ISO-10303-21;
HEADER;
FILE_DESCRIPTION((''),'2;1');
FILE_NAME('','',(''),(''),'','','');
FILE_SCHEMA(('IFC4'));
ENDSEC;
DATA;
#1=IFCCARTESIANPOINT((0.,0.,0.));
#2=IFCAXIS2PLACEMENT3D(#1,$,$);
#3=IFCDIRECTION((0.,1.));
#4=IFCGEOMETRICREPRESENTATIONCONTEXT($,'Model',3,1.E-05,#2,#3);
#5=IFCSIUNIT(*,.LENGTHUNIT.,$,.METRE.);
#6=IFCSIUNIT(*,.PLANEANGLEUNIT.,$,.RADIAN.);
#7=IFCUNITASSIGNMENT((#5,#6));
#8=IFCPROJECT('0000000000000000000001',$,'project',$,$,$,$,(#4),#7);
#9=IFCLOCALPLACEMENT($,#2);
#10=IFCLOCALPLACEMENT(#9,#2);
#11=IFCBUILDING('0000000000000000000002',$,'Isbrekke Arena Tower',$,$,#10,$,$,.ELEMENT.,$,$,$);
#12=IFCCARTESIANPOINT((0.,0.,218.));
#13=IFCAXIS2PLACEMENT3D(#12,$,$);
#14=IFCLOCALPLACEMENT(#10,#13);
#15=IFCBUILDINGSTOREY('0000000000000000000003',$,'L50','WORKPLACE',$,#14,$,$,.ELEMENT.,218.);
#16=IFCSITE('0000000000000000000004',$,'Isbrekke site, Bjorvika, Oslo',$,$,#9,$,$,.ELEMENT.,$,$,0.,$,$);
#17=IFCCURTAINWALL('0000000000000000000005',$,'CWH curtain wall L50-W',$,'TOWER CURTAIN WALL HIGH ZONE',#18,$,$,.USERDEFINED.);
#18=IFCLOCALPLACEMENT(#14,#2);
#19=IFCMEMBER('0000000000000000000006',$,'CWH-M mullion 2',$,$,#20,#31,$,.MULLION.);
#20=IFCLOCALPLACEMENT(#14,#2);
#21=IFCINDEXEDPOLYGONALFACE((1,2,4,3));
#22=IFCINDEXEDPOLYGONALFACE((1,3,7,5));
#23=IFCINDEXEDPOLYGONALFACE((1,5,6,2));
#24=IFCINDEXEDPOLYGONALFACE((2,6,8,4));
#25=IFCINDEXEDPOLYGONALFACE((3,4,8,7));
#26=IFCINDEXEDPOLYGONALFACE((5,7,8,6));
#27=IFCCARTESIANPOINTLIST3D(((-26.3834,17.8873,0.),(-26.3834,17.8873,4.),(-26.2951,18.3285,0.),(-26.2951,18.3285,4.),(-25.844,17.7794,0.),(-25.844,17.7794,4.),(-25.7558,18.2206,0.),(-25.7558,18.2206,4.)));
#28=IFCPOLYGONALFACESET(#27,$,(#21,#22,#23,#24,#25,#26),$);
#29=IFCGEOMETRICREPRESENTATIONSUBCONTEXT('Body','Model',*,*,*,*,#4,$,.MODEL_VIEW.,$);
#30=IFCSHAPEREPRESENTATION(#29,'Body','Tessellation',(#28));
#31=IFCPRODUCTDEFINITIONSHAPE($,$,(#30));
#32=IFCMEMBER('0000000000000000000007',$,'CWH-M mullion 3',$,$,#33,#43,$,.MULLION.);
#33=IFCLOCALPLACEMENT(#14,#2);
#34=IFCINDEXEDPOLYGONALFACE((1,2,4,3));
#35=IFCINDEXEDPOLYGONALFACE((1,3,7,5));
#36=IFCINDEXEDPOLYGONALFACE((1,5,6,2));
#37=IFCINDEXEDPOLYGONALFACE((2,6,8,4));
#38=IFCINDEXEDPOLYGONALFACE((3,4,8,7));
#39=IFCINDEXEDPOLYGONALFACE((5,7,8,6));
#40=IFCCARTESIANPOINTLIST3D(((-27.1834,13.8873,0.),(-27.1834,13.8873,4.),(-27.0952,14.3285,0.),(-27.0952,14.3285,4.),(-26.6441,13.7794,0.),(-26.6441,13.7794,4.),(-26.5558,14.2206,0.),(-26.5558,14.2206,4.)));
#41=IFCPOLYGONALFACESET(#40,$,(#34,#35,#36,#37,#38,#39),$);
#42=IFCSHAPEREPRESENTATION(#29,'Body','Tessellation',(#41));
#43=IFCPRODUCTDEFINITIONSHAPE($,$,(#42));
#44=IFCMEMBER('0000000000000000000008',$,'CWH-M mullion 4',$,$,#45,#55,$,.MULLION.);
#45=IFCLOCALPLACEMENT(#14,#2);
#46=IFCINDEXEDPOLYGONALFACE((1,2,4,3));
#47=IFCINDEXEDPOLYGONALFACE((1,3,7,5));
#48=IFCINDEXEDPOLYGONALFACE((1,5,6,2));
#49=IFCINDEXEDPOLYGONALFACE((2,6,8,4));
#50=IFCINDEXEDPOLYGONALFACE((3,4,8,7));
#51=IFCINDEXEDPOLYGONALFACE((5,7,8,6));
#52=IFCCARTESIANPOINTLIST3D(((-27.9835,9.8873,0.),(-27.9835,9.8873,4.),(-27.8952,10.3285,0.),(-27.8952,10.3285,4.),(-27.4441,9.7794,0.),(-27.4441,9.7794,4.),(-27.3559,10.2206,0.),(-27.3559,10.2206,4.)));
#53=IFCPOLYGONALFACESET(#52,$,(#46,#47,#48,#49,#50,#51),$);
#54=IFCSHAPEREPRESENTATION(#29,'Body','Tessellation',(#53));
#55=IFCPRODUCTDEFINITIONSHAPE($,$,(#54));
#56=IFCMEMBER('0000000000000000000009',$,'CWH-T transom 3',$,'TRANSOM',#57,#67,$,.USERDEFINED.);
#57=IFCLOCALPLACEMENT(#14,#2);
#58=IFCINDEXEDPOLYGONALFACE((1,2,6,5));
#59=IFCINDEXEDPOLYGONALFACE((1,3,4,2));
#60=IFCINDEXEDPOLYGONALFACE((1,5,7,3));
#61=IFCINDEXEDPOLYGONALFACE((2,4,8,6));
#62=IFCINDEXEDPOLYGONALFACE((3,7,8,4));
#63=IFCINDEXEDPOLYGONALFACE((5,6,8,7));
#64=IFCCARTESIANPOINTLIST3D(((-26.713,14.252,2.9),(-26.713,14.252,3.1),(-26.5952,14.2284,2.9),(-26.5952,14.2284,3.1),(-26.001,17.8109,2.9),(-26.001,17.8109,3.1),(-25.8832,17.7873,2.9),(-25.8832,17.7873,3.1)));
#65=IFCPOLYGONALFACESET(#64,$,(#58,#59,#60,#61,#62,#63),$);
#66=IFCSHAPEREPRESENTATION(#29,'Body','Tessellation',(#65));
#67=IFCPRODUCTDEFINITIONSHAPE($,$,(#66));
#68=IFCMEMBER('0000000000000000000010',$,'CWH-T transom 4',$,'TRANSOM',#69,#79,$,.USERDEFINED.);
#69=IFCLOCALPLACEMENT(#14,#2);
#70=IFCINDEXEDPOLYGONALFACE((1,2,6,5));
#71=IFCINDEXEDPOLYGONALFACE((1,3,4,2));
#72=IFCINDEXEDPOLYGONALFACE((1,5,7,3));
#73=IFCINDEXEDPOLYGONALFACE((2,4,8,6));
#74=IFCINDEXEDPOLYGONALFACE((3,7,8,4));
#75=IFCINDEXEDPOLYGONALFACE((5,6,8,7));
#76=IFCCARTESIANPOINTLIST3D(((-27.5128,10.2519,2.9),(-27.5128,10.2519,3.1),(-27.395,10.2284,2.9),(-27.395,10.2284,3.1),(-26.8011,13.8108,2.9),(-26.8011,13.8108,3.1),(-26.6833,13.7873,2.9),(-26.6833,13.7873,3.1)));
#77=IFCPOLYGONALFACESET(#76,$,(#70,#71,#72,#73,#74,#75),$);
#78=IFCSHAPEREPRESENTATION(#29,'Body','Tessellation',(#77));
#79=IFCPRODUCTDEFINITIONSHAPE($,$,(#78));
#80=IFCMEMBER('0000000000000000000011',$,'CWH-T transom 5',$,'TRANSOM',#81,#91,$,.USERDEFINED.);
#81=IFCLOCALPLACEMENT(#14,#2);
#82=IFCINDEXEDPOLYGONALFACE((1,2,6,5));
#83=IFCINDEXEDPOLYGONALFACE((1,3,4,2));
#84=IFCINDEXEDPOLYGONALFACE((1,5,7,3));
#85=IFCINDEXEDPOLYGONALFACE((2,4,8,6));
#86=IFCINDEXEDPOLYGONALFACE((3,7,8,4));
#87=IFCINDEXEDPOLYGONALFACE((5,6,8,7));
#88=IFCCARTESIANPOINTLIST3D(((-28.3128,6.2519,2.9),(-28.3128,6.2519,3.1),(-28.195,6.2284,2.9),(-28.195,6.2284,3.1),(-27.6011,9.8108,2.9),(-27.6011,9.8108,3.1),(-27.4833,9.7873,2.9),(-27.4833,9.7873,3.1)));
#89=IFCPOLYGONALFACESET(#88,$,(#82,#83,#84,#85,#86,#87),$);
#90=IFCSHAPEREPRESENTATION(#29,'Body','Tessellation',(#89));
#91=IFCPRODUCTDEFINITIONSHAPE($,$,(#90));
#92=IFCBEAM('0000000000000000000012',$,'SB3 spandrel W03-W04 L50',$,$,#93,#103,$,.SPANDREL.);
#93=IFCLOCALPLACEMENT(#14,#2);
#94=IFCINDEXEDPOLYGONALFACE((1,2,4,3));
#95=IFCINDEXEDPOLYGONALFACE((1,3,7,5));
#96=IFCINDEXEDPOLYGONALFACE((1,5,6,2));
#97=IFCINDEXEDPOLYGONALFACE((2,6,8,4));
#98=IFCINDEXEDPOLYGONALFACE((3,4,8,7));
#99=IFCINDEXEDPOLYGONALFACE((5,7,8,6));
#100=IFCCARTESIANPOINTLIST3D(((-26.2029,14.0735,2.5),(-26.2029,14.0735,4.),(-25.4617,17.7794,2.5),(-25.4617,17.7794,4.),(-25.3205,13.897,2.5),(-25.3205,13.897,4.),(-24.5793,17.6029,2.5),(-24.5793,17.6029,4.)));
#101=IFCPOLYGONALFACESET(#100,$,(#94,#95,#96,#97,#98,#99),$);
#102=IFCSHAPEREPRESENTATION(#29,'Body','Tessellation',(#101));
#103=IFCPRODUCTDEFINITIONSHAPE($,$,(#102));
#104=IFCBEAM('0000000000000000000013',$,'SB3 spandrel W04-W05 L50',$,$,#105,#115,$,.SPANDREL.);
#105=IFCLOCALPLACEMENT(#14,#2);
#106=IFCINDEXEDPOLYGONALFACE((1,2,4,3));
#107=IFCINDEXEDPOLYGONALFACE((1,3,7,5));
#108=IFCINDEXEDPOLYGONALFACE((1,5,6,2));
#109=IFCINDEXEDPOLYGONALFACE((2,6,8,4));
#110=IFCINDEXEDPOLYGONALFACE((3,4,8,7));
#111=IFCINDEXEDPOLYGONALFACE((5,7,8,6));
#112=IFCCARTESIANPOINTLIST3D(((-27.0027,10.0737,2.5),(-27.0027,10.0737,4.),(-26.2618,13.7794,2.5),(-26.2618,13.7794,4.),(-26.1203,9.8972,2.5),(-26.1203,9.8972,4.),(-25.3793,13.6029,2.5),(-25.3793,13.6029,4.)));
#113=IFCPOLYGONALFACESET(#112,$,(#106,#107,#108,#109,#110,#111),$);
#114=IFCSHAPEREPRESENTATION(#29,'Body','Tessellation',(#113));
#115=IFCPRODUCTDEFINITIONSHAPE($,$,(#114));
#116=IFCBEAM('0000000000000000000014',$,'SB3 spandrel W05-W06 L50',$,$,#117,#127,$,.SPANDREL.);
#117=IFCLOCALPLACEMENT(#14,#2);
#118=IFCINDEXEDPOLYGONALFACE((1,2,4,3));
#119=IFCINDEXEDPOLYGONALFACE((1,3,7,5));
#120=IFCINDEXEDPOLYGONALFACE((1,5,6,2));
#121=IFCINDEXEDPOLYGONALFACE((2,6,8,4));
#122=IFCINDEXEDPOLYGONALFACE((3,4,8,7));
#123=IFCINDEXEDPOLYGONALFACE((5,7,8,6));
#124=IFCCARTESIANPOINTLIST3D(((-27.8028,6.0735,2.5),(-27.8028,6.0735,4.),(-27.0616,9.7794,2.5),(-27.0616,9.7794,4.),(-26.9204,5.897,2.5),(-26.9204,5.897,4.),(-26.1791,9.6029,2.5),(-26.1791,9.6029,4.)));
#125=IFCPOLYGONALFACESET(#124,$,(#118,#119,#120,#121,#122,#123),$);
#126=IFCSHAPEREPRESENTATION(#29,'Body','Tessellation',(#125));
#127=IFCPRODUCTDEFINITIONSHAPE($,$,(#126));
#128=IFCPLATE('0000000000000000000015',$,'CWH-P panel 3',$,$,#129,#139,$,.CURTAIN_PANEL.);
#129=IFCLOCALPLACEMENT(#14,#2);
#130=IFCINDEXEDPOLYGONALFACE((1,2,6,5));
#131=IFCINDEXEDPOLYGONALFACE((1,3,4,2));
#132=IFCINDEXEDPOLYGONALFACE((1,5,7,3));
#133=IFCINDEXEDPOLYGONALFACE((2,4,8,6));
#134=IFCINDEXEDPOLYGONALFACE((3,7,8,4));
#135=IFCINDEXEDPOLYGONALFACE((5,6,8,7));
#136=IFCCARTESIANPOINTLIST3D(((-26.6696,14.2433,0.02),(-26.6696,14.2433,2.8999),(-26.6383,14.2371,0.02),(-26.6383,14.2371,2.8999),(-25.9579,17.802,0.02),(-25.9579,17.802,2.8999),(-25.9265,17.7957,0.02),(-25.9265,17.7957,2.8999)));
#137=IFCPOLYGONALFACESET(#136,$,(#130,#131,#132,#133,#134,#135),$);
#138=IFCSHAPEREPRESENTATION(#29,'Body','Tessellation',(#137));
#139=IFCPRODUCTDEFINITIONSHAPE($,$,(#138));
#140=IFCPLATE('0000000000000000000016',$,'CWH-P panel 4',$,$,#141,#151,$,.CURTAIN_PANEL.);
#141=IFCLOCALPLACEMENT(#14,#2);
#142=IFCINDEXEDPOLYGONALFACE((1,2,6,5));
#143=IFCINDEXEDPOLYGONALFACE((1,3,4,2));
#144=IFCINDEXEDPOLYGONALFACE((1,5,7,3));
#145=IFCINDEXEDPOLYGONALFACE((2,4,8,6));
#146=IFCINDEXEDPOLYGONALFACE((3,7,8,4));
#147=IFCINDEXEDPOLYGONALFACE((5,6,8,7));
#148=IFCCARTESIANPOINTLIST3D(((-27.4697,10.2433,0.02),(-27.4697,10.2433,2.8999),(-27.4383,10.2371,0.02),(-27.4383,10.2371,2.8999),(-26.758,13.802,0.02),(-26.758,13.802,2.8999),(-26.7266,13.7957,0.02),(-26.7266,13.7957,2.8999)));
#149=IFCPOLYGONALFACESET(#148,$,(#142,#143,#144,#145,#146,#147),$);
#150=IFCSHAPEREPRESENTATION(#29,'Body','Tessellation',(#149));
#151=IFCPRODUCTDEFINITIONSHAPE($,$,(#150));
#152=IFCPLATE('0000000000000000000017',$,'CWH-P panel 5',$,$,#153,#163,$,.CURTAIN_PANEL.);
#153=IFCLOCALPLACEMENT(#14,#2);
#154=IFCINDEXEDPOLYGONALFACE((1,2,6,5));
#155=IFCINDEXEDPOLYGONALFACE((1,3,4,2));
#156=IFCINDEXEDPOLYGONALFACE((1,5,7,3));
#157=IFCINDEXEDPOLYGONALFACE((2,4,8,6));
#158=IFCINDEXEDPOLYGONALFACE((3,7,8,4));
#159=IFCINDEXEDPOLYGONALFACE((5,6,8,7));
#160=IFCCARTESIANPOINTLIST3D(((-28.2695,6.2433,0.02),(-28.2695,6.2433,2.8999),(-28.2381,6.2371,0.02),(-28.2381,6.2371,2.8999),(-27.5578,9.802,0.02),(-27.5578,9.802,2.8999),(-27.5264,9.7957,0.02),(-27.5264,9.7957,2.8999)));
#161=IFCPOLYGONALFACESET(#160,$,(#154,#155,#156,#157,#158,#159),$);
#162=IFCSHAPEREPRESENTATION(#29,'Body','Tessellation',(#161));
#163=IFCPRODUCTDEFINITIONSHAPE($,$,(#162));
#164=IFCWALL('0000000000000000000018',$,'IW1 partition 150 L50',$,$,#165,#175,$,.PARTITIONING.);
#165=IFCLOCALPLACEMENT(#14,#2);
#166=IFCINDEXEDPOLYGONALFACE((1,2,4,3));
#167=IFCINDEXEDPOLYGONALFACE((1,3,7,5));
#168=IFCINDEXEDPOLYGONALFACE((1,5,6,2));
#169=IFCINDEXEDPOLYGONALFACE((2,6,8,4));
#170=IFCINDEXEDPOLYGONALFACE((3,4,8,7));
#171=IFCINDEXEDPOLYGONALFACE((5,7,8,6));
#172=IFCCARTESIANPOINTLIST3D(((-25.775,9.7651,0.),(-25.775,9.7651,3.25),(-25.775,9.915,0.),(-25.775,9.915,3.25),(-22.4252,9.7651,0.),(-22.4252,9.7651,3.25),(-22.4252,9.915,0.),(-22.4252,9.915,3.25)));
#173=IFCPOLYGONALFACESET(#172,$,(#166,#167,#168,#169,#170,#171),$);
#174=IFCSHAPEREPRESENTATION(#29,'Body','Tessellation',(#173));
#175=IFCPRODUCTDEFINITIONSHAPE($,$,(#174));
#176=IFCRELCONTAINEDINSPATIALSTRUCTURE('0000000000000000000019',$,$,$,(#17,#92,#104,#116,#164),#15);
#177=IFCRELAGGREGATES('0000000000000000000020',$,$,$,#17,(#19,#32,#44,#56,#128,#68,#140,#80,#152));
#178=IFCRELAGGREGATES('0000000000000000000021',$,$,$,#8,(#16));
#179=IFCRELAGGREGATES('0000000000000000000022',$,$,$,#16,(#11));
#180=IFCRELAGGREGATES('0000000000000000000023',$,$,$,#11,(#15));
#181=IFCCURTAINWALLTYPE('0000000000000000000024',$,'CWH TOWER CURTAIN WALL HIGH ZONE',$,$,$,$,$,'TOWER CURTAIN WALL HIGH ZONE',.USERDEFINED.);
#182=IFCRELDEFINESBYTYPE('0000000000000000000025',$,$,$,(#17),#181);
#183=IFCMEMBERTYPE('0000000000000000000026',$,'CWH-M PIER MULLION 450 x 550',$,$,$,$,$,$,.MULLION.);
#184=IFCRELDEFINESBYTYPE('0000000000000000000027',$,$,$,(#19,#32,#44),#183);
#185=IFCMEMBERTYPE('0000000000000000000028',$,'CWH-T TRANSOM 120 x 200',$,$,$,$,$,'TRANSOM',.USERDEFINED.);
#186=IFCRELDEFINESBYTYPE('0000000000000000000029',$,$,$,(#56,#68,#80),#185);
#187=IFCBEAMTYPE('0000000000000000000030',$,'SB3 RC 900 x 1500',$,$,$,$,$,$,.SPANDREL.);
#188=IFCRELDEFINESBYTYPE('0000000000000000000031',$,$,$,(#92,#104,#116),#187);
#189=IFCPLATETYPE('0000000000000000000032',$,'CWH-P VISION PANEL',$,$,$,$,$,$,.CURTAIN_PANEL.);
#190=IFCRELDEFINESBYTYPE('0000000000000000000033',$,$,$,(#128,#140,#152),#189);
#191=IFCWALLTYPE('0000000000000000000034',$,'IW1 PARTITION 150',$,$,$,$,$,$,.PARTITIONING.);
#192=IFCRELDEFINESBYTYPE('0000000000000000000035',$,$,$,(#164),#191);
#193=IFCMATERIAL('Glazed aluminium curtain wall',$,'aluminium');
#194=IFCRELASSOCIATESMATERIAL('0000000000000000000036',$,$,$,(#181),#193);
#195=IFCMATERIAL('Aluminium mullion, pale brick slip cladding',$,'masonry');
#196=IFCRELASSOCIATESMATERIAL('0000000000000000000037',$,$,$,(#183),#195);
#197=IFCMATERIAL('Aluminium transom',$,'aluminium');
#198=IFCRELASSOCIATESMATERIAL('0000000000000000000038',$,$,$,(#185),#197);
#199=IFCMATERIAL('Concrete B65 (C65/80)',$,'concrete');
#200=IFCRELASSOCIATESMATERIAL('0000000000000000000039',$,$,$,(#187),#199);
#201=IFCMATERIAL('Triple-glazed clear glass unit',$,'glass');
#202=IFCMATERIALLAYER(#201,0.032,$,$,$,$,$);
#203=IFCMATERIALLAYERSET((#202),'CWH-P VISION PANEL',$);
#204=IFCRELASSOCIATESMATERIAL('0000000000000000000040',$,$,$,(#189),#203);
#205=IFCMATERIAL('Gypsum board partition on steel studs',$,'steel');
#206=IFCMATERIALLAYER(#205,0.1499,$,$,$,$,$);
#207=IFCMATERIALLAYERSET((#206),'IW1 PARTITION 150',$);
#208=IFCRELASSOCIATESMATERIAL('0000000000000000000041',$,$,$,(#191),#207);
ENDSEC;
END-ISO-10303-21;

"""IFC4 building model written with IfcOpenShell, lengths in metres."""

from ifc_helpers import new_model, si_unit, direction, frame, frame_2d, origin, origin_2d, place, context, subcontext, project, spatial, rectangle, extrude, material, layer, layer_set, material_profile, profile_set, type_object, element, aggregate, save


model = new_model("IFC4")

# Units and contexts
model_context = context("Model", 3, precision=1e-05, world=origin(), true_north=direction((0.0, 1.0)))
body_context = subcontext(model_context, "Body", "Model", "MODEL_VIEW")
ifc_project = project(units=[si_unit("LENGTHUNIT", "METRE"), si_unit("PLANEANGLEUNIT", "RADIAN")], contexts=[model_context])

# Site, building, storey
site_placement = place(None, origin())
site = spatial("IfcSite", under=ifc_project, at=site_placement, Name="Isbrekke site, Bjorvika, Oslo", CompositionType="ELEMENT", RefElevation=0.0)
building_placement = place(site_placement, origin())
building = spatial("IfcBuilding", under=site, at=building_placement, Name="Isbrekke Arena Tower", CompositionType="ELEMENT")
storey_placement = place(building_placement, frame((0.0, 0.0, 218.0)))
storey = spatial("IfcBuildingStorey", under=building, at=storey_placement, Name="L50", Description="WORKPLACE", CompositionType="ELEMENT", Elevation=218.0)

# Curtain wall, members
ifc_material_1 = material(Name="Glazed aluminium curtain wall", Category="aluminium")
curtain_wall_type = type_object("IfcCurtainWallType", Name="CWH TOWER CURTAIN WALL HIGH ZONE", ElementType="TOWER CURTAIN WALL HIGH ZONE", PredefinedType="USERDEFINED", material=ifc_material_1)
curtain_wall_placement = place(storey_placement, origin())
curtain_wall = element("IfcCurtainWall", 1, at=curtain_wall_placement, inside=storey, type_object=curtain_wall_type, Name="CWH curtain wall L50-W", ObjectType="TOWER CURTAIN WALL HIGH ZONE", PredefinedType="USERDEFINED")
ifc_material_2 = material(Name="Aluminium mullion, pale brick slip cladding", Category="masonry")
ifc_material_profile_1 = material_profile(ifc_material_2, rectangle(XDim=0.45, YDim=0.55, at=origin_2d()), Name="PIER 450X550")
ifc_profile_set_1 = profile_set([ifc_material_profile_1], Name="Aluminium mullion, pale brick slip cladding")
member_type_1 = type_object("IfcMemberType", Name="CWH-M PIER MULLION 450 x 550", PredefinedType="MULLION", material=ifc_profile_set_1)
member_1_placement = place(storey_placement, frame((-26.0696, 18.054, 0.0), z_axis=(0.0, 0.0, 1.0), x_axis=(-0.196116, -0.980581, 0.0)))
member_1 = element("IfcMember", 2, at=member_1_placement, type_object=member_type_1, Name="CWH-M mullion 2", PredefinedType="MULLION", context=body_context, shape_type="SweptSolid", body=[
    extrude(rectangle(XDim=0.45, YDim=0.55, at=origin_2d()), origin(), (0.0, 0.0, 1.0), 4.0),
])
member_2_placement = place(storey_placement, frame((-26.8696, 14.054, 0.0), z_axis=(0.0, 0.0, 1.0), x_axis=(-0.196116, -0.980581, 0.0)))
member_2 = element("IfcMember", 3, at=member_2_placement, type_object=member_type_1, Name="CWH-M mullion 3", PredefinedType="MULLION", context=body_context, shape_type="SweptSolid", body=[
    extrude(rectangle(XDim=0.45, YDim=0.55, at=origin_2d()), origin(), (0.0, 0.0, 1.0), 4.0),
])
member_3_placement = place(storey_placement, frame((-27.6697, 10.054, 0.0), z_axis=(0.0, 0.0, 1.0), x_axis=(-0.196116, -0.980581, 0.0)))
member_3 = element("IfcMember", 4, at=member_3_placement, type_object=member_type_1, Name="CWH-M mullion 4", PredefinedType="MULLION", context=body_context, shape_type="SweptSolid", body=[
    extrude(rectangle(XDim=0.45, YDim=0.55, at=origin_2d()), origin(), (0.0, 0.0, 1.0), 4.0),
])
ifc_material_3 = material(Name="Aluminium transom", Category="aluminium")
ifc_material_profile_2 = material_profile(ifc_material_3, rectangle(XDim=0.1201, YDim=0.2, at=origin_2d()), Name="TRANSOM 120X200")
ifc_profile_set_2 = profile_set([ifc_material_profile_2], Name="Aluminium transom")
member_type_2 = type_object("IfcMemberType", Name="CWH-T TRANSOM 120 x 200", ElementType="TRANSOM", PredefinedType="USERDEFINED", material=ifc_profile_set_2)
member_4_placement = place(storey_placement, frame((-25.9421, 17.7991, 3.0), z_axis=(-0.196155, -0.980573, 0.0), x_axis=(0.980573, -0.196155, 0.0)))
member_4 = element("IfcMember", 5, at=member_4_placement, type_object=member_type_2, Name="CWH-T transom 3", ObjectType="TRANSOM", PredefinedType="USERDEFINED", context=body_context, shape_type="SweptSolid", body=[
    extrude(rectangle(XDim=0.1201, YDim=0.2, at=origin_2d()), origin(), (0.0, 0.0, 1.0), 3.6294),
])
member_5_placement = place(storey_placement, frame((-26.7422, 13.7991, 3.0), z_axis=(-0.19609, -0.980586, 0.0), x_axis=(0.980586, -0.19609, 0.0)))
member_5 = element("IfcMember", 6, at=member_5_placement, type_object=member_type_2, Name="CWH-T transom 4", ObjectType="TRANSOM", PredefinedType="USERDEFINED", context=body_context, shape_type="SweptSolid", body=[
    extrude(rectangle(XDim=0.1201, YDim=0.2, at=origin_2d()), origin(), (0.0, 0.0, 1.0), 3.6294),
])
member_6_placement = place(storey_placement, frame((-27.5422, 9.7991, 3.0), z_axis=(-0.19609, -0.980586, 0.0), x_axis=(0.980586, -0.19609, 0.0)))
member_6 = element("IfcMember", 7, at=member_6_placement, type_object=member_type_2, Name="CWH-T transom 5", ObjectType="TRANSOM", PredefinedType="USERDEFINED", context=body_context, shape_type="SweptSolid", body=[
    extrude(rectangle(XDim=0.1201, YDim=0.2, at=origin_2d()), origin(), (0.0, 0.0, 1.0), 3.6294),
])

# Beams
ifc_material_4 = material(Name="Concrete B65 (C65/80)", Category="concrete")
ifc_material_profile_3 = material_profile(ifc_material_4, rectangle(XDim=0.8999, YDim=1.5, at=origin_2d()), Name="RC 900x1500")
ifc_profile_set_3 = profile_set([ifc_material_profile_3], Name="Concrete B65 (C65/80)")
beam_type_1 = type_object("IfcBeamType", Name="SB3 RC 900 x 1500", PredefinedType="SPANDREL", material=ifc_profile_set_3)
beam_1_placement = place(storey_placement, frame((-25.0205, 17.6912, 3.25), z_axis=(-0.196129, -0.980578, 0.0), x_axis=(0.980578, -0.196129, 0.0)))
element("IfcBeam", 8, at=beam_1_placement, inside=storey, type_object=beam_type_1, Name="SB3 spandrel W03-W04 L50", PredefinedType="SPANDREL", context=body_context, shape_type="SweptSolid", body=[
    extrude(rectangle(XDim=0.8999, YDim=1.5, at=origin_2d()), origin(), (0.0, 0.0, 1.0), 3.7793),
])
beam_2_placement = place(storey_placement, frame((-25.8206, 13.6912, 3.25), z_axis=(-0.196066, -0.980591, 0.0), x_axis=(0.980591, -0.196066, 0.0)))
element("IfcBeam", 9, at=beam_2_placement, inside=storey, type_object=beam_type_1, Name="SB3 spandrel W04-W05 L50", PredefinedType="SPANDREL", context=body_context, shape_type="SweptSolid", body=[
    extrude(rectangle(XDim=0.8999, YDim=1.5, at=origin_2d()), origin(), (0.0, 0.0, 1.0), 3.7791),
])
beam_3_placement = place(storey_placement, frame((-26.6204, 9.6912, 3.25), z_axis=(-0.196129, -0.980578, 0.0), x_axis=(0.980578, -0.196129, 0.0)))
element("IfcBeam", 10, at=beam_3_placement, inside=storey, type_object=beam_type_1, Name="SB3 spandrel W05-W06 L50", PredefinedType="SPANDREL", context=body_context, shape_type="SweptSolid", body=[
    extrude(rectangle(XDim=0.8999, YDim=1.5, at=origin_2d()), origin(), (0.0, 0.0, 1.0), 3.7793),
])

# Plates
ifc_material_5 = material(Name="Triple-glazed clear glass unit", Category="glass")
ifc_layer_1 = layer(ifc_material_5, 0.032)
ifc_layer_set_1 = layer_set([ifc_layer_1], Name="CWH-P VISION PANEL")
plate_type = type_object("IfcPlateType", Name="CWH-P VISION PANEL", PredefinedType="CURTAIN_PANEL", material=ifc_layer_set_1)
plate_1_placement = place(storey_placement, frame((-26.2981, 16.0195, 0.02), z_axis=(0.0, 0.0, 1.0), x_axis=(-0.196116, -0.980581, 0.0)))
plate_1 = element("IfcPlate", 11, at=plate_1_placement, type_object=plate_type, Name="CWH-P panel 3", PredefinedType="CURTAIN_PANEL", context=body_context, shape_type="SweptSolid", body=[
    extrude(rectangle(XDim=3.6292, YDim=0.032, at=origin_2d()), origin(), (0.0, 0.0, 1.0), 2.8799),
])
plate_2_placement = place(storey_placement, frame((-27.0981, 12.0195, 0.02), z_axis=(0.0, 0.0, 1.0), x_axis=(-0.196116, -0.980581, 0.0)))
plate_2 = element("IfcPlate", 12, at=plate_2_placement, type_object=plate_type, Name="CWH-P panel 4", PredefinedType="CURTAIN_PANEL", context=body_context, shape_type="SweptSolid", body=[
    extrude(rectangle(XDim=3.6292, YDim=0.032, at=origin_2d()), origin(), (0.0, 0.0, 1.0), 2.8799),
])
plate_3_placement = place(storey_placement, frame((-27.8979, 8.0195, 0.02), z_axis=(0.0, 0.0, 1.0), x_axis=(-0.196116, -0.980581, 0.0)))
plate_3 = element("IfcPlate", 13, at=plate_3_placement, type_object=plate_type, Name="CWH-P panel 5", PredefinedType="CURTAIN_PANEL", context=body_context, shape_type="SweptSolid", body=[
    extrude(rectangle(XDim=3.6292, YDim=0.032, at=origin_2d()), origin(), (0.0, 0.0, 1.0), 2.8799),
])
aggregate(curtain_wall, [member_1, member_2, member_3, member_4, plate_1, member_5, plate_2, member_6, plate_3])

# Wall
ifc_material_6 = material(Name="Gypsum board partition on steel studs", Category="steel")
ifc_layer_2 = layer(ifc_material_6, 0.1499)
ifc_layer_set_2 = layer_set([ifc_layer_2], Name="IW1 PARTITION 150")
wall_type_1 = type_object("IfcWallType", Name="IW1 PARTITION 150", PredefinedType="PARTITIONING", material=ifc_layer_set_2)
wall_1_placement = place(storey_placement, frame((-25.7749, 9.8401, 0.0), z_axis=(0.0, 0.0, 1.0), x_axis=(1.0, 0.0, 0.0)))
element("IfcWall", 14, at=wall_1_placement, inside=storey, type_object=wall_type_1, Name="IW1 partition 150 L50", PredefinedType="PARTITIONING", context=body_context, shape_type="SweptSolid", body=[
    extrude(rectangle(XDim=3.3499, YDim=0.1499, at=frame_2d((1.6748, 0.0))), origin(), (0.0, 0.0, 1.0), 3.25),
])

save(model, "model.ifc")
